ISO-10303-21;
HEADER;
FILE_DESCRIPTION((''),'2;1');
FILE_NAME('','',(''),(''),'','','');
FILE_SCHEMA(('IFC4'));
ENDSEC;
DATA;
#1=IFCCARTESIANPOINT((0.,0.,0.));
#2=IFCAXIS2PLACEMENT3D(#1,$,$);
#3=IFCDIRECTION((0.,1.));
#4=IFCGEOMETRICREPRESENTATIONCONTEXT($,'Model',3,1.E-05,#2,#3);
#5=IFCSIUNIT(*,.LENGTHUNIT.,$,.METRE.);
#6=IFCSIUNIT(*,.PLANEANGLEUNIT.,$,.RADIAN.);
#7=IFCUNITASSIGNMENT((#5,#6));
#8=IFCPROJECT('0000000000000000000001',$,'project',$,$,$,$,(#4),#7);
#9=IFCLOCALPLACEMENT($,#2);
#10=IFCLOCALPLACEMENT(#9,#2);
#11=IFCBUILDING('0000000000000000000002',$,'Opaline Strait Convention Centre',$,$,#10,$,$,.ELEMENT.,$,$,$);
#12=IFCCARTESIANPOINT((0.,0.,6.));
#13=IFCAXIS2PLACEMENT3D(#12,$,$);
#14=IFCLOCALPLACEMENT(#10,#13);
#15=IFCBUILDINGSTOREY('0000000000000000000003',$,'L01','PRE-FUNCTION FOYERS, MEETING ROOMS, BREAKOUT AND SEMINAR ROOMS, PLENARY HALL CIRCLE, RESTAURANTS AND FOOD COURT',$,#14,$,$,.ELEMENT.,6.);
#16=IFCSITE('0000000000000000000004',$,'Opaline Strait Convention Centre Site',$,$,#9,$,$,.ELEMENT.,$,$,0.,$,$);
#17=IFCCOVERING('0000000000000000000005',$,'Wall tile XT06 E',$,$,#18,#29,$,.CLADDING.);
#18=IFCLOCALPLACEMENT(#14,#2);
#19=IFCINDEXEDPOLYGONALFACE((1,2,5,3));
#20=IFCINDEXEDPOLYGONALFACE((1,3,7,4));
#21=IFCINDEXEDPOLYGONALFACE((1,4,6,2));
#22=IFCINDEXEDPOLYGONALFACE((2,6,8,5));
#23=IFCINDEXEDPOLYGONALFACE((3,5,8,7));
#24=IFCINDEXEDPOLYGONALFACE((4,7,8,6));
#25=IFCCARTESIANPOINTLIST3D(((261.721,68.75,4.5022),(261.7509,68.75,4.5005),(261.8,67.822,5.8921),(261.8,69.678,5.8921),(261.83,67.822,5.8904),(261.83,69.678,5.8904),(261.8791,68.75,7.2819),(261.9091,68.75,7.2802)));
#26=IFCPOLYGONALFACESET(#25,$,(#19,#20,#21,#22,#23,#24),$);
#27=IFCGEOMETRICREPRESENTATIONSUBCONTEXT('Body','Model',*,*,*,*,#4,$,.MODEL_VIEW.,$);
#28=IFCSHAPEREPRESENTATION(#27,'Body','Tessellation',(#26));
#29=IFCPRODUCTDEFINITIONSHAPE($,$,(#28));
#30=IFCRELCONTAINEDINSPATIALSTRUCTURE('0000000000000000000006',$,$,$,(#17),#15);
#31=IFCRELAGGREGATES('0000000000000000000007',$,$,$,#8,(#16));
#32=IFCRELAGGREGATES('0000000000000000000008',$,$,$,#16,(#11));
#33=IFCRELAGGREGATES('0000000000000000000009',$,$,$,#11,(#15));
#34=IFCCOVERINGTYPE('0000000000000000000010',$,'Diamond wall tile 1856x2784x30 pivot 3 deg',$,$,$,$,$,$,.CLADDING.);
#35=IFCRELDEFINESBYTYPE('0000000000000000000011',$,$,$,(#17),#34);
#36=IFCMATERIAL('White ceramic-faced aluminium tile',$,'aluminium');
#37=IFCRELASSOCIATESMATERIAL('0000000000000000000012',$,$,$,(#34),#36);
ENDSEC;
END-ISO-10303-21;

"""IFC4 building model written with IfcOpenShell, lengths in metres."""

from ifc_helpers import new_model, si_unit, direction, frame, origin, place, context, subcontext, project, spatial, polyline, outline, extrude, material, material_profile, profile_set, type_object, element, save


model = new_model("IFC4")

# Units and contexts
model_context = context("Model", 3, precision=1e-05, world=origin(), true_north=direction((0.0, 1.0)))
body_context = subcontext(model_context, "Body", "Model", "MODEL_VIEW")
ifc_project = project(units=[si_unit("LENGTHUNIT", "METRE"), si_unit("PLANEANGLEUNIT", "RADIAN")], contexts=[model_context])

# Site, building, storey
site_placement = place(None, origin())
site = spatial("IfcSite", under=ifc_project, at=site_placement, Name="Opaline Strait Convention Centre Site", CompositionType="ELEMENT", RefElevation=0.0)
building_placement = place(site_placement, origin())
building = spatial("IfcBuilding", under=site, at=building_placement, Name="Opaline Strait Convention Centre", CompositionType="ELEMENT")
storey_placement = place(building_placement, frame((0.0, 0.0, 6.0)))
storey = spatial("IfcBuildingStorey", under=building, at=storey_placement, Name="L01", Description="PRE-FUNCTION FOYERS, MEETING ROOMS, BREAKOUT AND SEMINAR ROOMS, PLENARY HALL CIRCLE, RESTAURANTS AND FOOD COURT", CompositionType="ELEMENT", Elevation=6.0)

# Covering
ifc_material_1 = material(Name="White ceramic-faced aluminium tile", Category="aluminium")
ifc_material_profile_1 = material_profile(ifc_material_1, outline(polyline([(0.928, 0.0), (0.0, 1.3921), (-0.928, 0.0), (0.0, -1.3921), (0.928, 0.0)])), Name="Diamond tile 1856x2784")
ifc_profile_set_1 = profile_set([ifc_material_profile_1], Name="White ceramic-faced aluminium tile")
covering_type_1 = type_object("IfcCoveringType", Name="Diamond wall tile 1856x2784x30 pivot 3 deg", PredefinedType="CLADDING", material=ifc_profile_set_1)
for number, where, z_axis, x_axis, name in (
    (1, (261.8, 68.75, 5.8921), (0.998385, 0.0, -0.056819), (0.0, 1.0, 0.0), "Wall tile XT06 E"),
):
    element("IfcCovering", number, at=place(storey_placement, frame(where, z_axis=z_axis, x_axis=x_axis)), inside=storey, type_object=covering_type_1, Name=name, PredefinedType="CLADDING", context=body_context, shape_type="SweptSolid", body=[
        extrude(outline(polyline([(0.928, 0.0), (0.0, 1.3921), (-0.928, 0.0), (0.0, -1.3921), (0.928, 0.0)])), origin(), (0.0, 0.0, 1.0), 0.03),
    ])

save(model, "model.ifc")
